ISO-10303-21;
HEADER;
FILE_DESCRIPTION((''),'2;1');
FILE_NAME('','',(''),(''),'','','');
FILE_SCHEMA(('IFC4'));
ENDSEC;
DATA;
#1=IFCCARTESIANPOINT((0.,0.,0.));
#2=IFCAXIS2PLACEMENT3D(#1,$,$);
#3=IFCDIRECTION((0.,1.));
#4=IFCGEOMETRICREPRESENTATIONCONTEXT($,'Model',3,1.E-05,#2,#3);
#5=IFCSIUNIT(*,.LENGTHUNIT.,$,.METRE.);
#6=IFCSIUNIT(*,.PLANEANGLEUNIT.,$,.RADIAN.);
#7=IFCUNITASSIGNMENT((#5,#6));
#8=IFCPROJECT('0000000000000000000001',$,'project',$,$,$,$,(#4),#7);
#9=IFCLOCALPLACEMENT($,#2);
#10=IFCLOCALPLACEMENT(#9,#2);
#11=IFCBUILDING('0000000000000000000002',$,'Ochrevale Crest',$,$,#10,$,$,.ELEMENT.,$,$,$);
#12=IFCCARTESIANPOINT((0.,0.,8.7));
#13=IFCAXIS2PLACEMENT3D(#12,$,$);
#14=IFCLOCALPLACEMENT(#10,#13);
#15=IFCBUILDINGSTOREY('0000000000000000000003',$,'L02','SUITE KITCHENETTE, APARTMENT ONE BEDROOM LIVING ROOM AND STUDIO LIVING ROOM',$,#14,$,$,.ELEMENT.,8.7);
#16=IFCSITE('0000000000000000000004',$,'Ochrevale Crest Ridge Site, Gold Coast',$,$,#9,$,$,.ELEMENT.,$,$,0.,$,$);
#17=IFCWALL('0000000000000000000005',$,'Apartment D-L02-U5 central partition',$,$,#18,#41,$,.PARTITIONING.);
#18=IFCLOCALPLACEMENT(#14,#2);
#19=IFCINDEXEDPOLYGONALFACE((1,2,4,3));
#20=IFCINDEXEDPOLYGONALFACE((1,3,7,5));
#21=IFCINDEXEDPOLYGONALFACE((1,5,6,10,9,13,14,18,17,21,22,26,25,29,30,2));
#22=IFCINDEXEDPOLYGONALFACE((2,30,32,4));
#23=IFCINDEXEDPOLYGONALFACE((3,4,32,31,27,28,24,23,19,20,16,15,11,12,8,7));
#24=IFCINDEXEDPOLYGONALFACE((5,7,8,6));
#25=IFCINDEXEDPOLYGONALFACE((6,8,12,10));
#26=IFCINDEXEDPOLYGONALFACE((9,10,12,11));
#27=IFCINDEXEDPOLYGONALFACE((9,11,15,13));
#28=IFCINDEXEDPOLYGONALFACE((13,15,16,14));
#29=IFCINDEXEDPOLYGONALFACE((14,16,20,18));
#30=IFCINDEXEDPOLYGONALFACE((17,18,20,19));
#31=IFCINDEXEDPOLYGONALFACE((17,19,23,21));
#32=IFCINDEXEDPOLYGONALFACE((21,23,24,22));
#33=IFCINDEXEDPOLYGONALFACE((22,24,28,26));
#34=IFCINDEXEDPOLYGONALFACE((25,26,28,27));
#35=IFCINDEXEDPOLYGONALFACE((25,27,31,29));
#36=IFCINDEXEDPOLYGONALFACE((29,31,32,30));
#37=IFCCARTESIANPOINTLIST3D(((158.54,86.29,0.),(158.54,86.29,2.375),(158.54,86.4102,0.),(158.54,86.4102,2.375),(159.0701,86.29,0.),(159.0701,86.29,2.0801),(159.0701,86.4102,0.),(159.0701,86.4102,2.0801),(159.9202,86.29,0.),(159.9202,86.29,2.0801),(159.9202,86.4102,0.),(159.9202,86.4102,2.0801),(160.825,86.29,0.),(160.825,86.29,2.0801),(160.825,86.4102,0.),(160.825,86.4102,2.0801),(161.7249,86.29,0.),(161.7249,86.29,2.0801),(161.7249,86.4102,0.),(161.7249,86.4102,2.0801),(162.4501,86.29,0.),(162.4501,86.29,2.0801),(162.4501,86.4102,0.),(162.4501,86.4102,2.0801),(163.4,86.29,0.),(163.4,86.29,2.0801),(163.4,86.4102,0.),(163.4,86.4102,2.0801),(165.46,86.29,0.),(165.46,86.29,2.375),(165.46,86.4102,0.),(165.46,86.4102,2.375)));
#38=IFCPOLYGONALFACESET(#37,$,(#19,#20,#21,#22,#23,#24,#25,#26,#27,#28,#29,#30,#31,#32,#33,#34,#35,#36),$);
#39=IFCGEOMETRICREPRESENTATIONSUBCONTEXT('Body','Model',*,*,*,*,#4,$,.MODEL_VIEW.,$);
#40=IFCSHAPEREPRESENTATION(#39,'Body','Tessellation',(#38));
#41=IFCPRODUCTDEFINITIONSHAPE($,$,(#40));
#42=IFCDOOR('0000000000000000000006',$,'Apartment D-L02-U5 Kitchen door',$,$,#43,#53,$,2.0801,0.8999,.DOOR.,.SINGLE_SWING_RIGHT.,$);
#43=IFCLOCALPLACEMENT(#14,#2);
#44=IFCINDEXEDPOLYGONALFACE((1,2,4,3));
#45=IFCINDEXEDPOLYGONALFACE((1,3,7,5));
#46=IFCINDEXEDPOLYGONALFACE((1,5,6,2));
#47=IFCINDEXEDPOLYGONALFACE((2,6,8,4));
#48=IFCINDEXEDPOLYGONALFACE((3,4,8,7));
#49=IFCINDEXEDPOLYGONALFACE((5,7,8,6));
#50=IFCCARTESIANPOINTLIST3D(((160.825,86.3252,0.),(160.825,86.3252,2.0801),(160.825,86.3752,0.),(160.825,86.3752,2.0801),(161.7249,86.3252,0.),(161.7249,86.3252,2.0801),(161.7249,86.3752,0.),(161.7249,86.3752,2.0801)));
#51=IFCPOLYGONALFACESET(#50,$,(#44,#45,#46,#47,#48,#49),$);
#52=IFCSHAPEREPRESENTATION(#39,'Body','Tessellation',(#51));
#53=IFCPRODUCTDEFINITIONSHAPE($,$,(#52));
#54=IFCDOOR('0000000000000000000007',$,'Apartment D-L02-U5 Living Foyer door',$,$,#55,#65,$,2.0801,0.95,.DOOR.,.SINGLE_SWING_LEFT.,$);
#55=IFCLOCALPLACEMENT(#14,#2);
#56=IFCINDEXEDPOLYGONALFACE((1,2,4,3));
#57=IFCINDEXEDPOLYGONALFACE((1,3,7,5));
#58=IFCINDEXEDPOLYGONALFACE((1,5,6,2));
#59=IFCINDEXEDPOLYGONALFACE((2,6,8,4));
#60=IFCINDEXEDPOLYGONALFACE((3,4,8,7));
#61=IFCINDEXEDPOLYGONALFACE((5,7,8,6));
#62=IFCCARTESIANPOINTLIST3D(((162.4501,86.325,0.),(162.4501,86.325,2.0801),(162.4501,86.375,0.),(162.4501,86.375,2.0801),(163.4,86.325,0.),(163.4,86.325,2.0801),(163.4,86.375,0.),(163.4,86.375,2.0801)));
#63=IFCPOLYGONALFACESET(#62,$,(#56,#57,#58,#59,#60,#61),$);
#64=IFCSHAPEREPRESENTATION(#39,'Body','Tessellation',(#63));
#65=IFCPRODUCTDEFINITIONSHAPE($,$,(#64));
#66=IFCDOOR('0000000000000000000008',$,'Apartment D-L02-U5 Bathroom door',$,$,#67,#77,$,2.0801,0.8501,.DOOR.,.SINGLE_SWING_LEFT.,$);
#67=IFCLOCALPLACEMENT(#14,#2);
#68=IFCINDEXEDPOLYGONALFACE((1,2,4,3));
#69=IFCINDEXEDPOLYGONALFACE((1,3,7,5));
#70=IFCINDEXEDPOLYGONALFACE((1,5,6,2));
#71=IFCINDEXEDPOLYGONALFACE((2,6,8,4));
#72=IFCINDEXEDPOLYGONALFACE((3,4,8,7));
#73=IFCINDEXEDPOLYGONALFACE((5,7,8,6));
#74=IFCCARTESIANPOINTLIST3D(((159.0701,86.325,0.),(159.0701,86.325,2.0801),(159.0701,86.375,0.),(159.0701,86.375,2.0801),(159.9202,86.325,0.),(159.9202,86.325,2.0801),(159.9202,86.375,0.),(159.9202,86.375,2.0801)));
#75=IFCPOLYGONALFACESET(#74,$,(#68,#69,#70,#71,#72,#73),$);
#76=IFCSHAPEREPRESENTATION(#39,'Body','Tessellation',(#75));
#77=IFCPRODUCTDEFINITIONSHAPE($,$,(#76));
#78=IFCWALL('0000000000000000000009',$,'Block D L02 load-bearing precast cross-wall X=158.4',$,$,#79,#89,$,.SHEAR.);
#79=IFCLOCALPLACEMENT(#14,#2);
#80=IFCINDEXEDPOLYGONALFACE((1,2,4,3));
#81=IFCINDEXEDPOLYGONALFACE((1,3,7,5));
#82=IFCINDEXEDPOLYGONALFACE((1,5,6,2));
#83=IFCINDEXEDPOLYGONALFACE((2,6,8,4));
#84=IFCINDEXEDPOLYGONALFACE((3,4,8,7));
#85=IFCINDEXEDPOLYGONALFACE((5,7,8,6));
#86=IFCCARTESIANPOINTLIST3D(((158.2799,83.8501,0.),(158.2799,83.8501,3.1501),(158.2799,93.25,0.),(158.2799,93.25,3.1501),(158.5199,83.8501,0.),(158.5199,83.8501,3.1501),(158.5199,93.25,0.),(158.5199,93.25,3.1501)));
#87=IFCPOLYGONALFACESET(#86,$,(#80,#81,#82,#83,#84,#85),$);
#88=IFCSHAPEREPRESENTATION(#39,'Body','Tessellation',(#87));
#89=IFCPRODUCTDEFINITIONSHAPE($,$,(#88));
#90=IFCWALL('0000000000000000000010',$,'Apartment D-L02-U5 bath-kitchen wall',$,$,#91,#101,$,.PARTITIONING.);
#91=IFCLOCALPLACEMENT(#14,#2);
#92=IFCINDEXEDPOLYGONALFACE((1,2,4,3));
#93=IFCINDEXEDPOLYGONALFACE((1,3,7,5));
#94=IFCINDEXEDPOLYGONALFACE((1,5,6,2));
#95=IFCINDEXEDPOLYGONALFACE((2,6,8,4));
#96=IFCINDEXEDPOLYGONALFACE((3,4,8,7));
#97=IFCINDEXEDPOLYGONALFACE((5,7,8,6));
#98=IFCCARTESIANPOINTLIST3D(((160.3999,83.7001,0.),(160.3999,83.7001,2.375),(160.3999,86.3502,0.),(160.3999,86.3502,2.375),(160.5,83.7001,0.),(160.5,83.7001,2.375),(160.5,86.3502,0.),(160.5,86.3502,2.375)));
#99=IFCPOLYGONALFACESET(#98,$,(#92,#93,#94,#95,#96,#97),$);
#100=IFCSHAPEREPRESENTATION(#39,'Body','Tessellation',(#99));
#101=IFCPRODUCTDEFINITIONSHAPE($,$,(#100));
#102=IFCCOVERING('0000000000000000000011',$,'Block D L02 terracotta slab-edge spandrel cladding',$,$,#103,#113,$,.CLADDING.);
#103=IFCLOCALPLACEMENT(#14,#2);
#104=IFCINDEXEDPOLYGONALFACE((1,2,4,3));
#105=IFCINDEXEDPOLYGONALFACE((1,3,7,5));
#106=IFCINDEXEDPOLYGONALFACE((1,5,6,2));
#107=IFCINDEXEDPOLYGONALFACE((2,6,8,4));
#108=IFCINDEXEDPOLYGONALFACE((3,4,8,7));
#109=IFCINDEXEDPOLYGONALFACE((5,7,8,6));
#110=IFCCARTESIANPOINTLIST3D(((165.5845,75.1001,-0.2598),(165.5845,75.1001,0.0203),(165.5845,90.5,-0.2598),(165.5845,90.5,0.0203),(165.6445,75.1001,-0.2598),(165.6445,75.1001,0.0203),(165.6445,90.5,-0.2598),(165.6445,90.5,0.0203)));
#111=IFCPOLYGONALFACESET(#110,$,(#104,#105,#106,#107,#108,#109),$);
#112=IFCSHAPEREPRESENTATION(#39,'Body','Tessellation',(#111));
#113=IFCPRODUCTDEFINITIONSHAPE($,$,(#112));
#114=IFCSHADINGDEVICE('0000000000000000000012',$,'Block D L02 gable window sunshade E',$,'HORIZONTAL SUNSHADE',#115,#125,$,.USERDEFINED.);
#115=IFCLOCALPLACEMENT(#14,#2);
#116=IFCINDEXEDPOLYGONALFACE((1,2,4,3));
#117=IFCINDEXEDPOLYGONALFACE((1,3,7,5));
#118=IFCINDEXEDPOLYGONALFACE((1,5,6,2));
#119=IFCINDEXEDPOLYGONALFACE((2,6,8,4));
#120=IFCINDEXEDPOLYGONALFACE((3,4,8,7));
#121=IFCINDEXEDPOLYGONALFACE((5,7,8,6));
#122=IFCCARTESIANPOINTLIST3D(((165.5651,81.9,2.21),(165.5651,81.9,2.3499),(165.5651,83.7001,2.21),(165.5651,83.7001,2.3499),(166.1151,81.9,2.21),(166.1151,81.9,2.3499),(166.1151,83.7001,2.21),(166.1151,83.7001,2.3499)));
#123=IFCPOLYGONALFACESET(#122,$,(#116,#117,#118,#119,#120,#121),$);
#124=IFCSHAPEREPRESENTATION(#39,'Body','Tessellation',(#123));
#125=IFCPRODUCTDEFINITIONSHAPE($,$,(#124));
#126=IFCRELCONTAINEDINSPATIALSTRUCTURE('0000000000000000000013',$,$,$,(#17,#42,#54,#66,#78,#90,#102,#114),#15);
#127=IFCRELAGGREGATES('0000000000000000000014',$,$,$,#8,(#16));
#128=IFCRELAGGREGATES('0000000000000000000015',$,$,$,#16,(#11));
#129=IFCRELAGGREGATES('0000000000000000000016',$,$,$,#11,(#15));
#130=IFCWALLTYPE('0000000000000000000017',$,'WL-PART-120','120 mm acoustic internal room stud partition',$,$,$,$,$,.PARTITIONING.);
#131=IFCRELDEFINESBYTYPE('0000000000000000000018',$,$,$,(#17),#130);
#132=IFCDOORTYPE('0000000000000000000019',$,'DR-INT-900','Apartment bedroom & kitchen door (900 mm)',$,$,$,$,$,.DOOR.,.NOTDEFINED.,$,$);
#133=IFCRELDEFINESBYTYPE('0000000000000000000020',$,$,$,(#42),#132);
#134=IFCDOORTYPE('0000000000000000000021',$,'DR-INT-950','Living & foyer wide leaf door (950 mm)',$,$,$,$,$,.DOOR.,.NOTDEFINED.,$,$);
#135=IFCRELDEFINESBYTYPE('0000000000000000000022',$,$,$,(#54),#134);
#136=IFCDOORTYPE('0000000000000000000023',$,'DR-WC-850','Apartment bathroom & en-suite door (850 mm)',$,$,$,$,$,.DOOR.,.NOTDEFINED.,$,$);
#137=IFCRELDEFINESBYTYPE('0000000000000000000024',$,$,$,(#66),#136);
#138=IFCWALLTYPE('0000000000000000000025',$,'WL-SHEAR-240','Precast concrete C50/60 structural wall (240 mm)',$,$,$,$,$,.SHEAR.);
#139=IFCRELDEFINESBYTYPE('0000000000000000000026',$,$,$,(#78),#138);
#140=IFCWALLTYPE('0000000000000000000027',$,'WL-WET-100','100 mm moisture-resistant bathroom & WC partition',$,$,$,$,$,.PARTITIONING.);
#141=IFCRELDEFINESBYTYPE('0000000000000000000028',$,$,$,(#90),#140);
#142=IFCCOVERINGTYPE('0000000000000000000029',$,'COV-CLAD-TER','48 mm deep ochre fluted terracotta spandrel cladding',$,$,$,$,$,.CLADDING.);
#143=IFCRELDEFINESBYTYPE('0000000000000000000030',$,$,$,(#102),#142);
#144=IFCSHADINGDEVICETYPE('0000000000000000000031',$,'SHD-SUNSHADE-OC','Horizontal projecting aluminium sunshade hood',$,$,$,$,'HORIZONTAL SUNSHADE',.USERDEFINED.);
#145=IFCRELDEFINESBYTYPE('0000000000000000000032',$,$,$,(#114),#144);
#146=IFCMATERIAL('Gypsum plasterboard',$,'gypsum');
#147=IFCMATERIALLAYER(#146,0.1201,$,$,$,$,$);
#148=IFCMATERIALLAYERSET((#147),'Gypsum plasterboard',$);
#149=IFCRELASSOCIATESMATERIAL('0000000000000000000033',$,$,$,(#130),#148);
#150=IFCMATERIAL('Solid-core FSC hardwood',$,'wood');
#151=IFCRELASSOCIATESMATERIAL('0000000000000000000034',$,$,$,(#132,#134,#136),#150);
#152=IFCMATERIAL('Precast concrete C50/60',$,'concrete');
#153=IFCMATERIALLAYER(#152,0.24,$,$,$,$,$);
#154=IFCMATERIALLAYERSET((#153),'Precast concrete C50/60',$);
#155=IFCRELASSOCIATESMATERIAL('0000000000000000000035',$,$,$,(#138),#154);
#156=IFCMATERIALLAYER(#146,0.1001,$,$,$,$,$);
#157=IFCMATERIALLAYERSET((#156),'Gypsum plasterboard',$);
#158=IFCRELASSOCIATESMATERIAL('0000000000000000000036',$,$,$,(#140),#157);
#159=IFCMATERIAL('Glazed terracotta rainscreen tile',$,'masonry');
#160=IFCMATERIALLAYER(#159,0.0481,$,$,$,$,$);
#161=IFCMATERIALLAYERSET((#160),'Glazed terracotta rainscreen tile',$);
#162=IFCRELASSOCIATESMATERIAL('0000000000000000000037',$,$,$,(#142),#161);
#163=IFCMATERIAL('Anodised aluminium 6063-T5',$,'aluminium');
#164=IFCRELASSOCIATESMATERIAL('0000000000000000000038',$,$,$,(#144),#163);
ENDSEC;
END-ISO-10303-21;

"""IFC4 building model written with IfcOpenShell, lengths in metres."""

from ifc_helpers import new_model, si_unit, direction, frame, frame_2d, origin, origin_2d, place, context, subcontext, project, spatial, rectangle, extrude, material, layer, layer_set, type_object, element, fill, save


model = new_model("IFC4")

# Units and contexts
model_context = context("Model", 3, precision=1e-05, world=origin(), true_north=direction((0.0, 1.0)))
body_context = subcontext(model_context, "Body", "Model", "MODEL_VIEW")
ifc_project = project(units=[si_unit("LENGTHUNIT", "METRE"), si_unit("PLANEANGLEUNIT", "RADIAN")], contexts=[model_context])

# Site, building, storey
site_placement = place(None, origin())
site = spatial("IfcSite", under=ifc_project, at=site_placement, Name="Ochrevale Crest Ridge Site, Gold Coast", CompositionType="ELEMENT", RefElevation=0.0)
building_placement = place(site_placement, origin())
building = spatial("IfcBuilding", under=site, at=building_placement, Name="Ochrevale Crest", CompositionType="ELEMENT")
storey_placement = place(building_placement, frame((0.0, 0.0, 8.7)))
storey = spatial("IfcBuildingStorey", under=building, at=storey_placement, Name="L02", Description="SUITE KITCHENETTE, APARTMENT ONE BEDROOM LIVING ROOM AND STUDIO LIVING ROOM", CompositionType="ELEMENT", Elevation=8.7)

# Shared definitions
ifc_material_1 = material(Name="Precast concrete C50/60", Category="concrete")

# Shared definitions
ifc_material_2 = material(Name="Anodised aluminium 6063-T5", Category="aluminium")

# Shared definitions
ifc_material_3 = material(Name="Gypsum plasterboard", Category="gypsum")
ifc_material_4 = material(Name="Solid-core FSC hardwood", Category="wood")

# Shared definitions
ifc_layer_1 = layer(ifc_material_3, 0.1201)
ifc_layer_set_1 = layer_set([ifc_layer_1], Name="Gypsum plasterboard")
wall_type_1 = type_object("IfcWallType", Name="WL-PART-120", Description="120 mm acoustic internal room stud partition", PredefinedType="PARTITIONING", material=ifc_layer_set_1)

# Wall, openings, doors
wall_1_placement = place(storey_placement, frame((158.54, 86.3501, 0.0), z_axis=(0.0, 0.0, 1.0), x_axis=(1.0, 0.0, 0.0)))
wall_1 = element("IfcWall", 1, at=wall_1_placement, inside=storey, type_object=wall_type_1, Name="Apartment D-L02-U5 central partition", PredefinedType="PARTITIONING", context=body_context, shape_type="SweptSolid", body=[
    extrude(rectangle(XDim=6.9199, YDim=0.1201, at=frame_2d((3.46, 0.0))), origin(), (0.0, 0.0, 1.0), 2.375),
])
opening_1_placement = place(wall_1_placement, frame((0.53, 0.0, 0.0)))
opening_1 = element("IfcOpeningElement", 2, at=opening_1_placement, cuts=wall_1, PredefinedType="OPENING", context=body_context, shape_type="SweptSolid", body=[
    extrude(rectangle(XDim=0.8501, YDim=2.0801, at=frame_2d((0.425, 1.04))), frame((0.0, 0.0701, 0.0), z_axis=(0.0, -1.0, 0.0), x_axis=(1.0, 0.0, 0.0)), (0.0, 0.0, 1.0), 0.1401),
])
opening_2_placement = place(wall_1_placement, frame((3.1848, 0.0, 0.0), z_axis=(0.0, 0.0, 1.0), x_axis=(-1.0, 0.0, 0.0)))
opening_2 = element("IfcOpeningElement", 3, at=opening_2_placement, cuts=wall_1, PredefinedType="OPENING", context=body_context, shape_type="SweptSolid", body=[
    extrude(rectangle(XDim=0.8999, YDim=2.0801, at=frame_2d((0.45, 1.04))), frame((0.0, 0.0701, 0.0), z_axis=(0.0, -1.0, 0.0), x_axis=(1.0, 0.0, 0.0)), (0.0, 0.0, 1.0), 0.1401),
])
opening_3_placement = place(wall_1_placement, frame((3.9099, 0.0, 0.0)))
opening_3 = element("IfcOpeningElement", 4, at=opening_3_placement, cuts=wall_1, PredefinedType="OPENING", context=body_context, shape_type="SweptSolid", body=[
    extrude(rectangle(XDim=0.95, YDim=2.0801, at=frame_2d((0.4751, 1.04))), frame((0.0, 0.0701, 0.0), z_axis=(0.0, -1.0, 0.0), x_axis=(1.0, 0.0, 0.0)), (0.0, 0.0, 1.0), 0.1401),
])
door_type_1 = type_object("IfcDoorType", Name="DR-INT-900", Description="Apartment bedroom & kitchen door (900 mm)", OperationType="NOTDEFINED", PredefinedType="DOOR", material=ifc_material_4)
door_1_placement = place(opening_2_placement, origin())
door_1 = element("IfcDoor", 5, at=door_1_placement, inside=storey, type_object=door_type_1, Name="Apartment D-L02-U5 Kitchen door", OperationType="SINGLE_SWING_RIGHT", OverallHeight=2.0801, OverallWidth=0.8999, PredefinedType="DOOR", context=body_context, shape_type="SweptSolid", body=[
    extrude(rectangle(XDim=0.8999, YDim=2.0801, at=frame_2d((0.45, 1.04))), frame((0.0, 0.0249, 0.0), z_axis=(0.0, -1.0, 0.0), x_axis=(1.0, 0.0, 0.0)), (0.0, 0.0, 1.0), 0.05),
])
fill(opening_2, door_1)
door_type_2 = type_object("IfcDoorType", Name="DR-INT-950", Description="Living & foyer wide leaf door (950 mm)", OperationType="NOTDEFINED", PredefinedType="DOOR", material=ifc_material_4)
door_2_placement = place(opening_3_placement, origin())
door_2 = element("IfcDoor", 6, at=door_2_placement, inside=storey, type_object=door_type_2, Name="Apartment D-L02-U5 Living Foyer door", OperationType="SINGLE_SWING_LEFT", OverallHeight=2.0801, OverallWidth=0.95, PredefinedType="DOOR", context=body_context, shape_type="SweptSolid", body=[
    extrude(rectangle(XDim=0.95, YDim=2.0801, at=frame_2d((0.4751, 1.04))), frame((0.0, 0.0249, 0.0), z_axis=(0.0, -1.0, 0.0), x_axis=(1.0, 0.0, 0.0)), (0.0, 0.0, 1.0), 0.05),
])
fill(opening_3, door_2)
door_type_3 = type_object("IfcDoorType", Name="DR-WC-850", Description="Apartment bathroom & en-suite door (850 mm)", OperationType="NOTDEFINED", PredefinedType="DOOR", material=ifc_material_4)
door_3_placement = place(opening_1_placement, origin())
door_3 = element("IfcDoor", 7, at=door_3_placement, inside=storey, type_object=door_type_3, Name="Apartment D-L02-U5 Bathroom door", OperationType="SINGLE_SWING_LEFT", OverallHeight=2.0801, OverallWidth=0.8501, PredefinedType="DOOR", context=body_context, shape_type="SweptSolid", body=[
    extrude(rectangle(XDim=0.8501, YDim=2.0801, at=frame_2d((0.425, 1.04))), frame((0.0, 0.0249, 0.0), z_axis=(0.0, -1.0, 0.0), x_axis=(1.0, 0.0, 0.0)), (0.0, 0.0, 1.0), 0.05),
])
fill(opening_1, door_3)

# Walls
ifc_layer_2 = layer(ifc_material_1, 0.24)
ifc_layer_set_2 = layer_set([ifc_layer_2], Name="Precast concrete C50/60")
wall_type_2 = type_object("IfcWallType", Name="WL-SHEAR-240", Description="Precast concrete C50/60 structural wall (240 mm)", PredefinedType="SHEAR", material=ifc_layer_set_2)
wall_2_placement = place(storey_placement, frame((158.3999, 83.8501, 0.0), z_axis=(0.0, 0.0, 1.0), x_axis=(0.0, 1.0, 0.0)))
element("IfcWall", 8, at=wall_2_placement, inside=storey, type_object=wall_type_2, Name="Block D L02 load-bearing precast cross-wall X=158.4", PredefinedType="SHEAR", context=body_context, shape_type="SweptSolid", body=[
    extrude(rectangle(XDim=9.3999, YDim=0.24, at=frame_2d((4.7, 0.0))), origin(), (0.0, 0.0, 1.0), 3.1501),
])
ifc_layer_3 = layer(ifc_material_3, 0.1001)
ifc_layer_set_3 = layer_set([ifc_layer_3], Name="Gypsum plasterboard")
wall_type_3 = type_object("IfcWallType", Name="WL-WET-100", Description="100 mm moisture-resistant bathroom & WC partition", PredefinedType="PARTITIONING", material=ifc_layer_set_3)
wall_3_placement = place(storey_placement, frame((160.45, 83.7, 0.0), z_axis=(0.0, 0.0, 1.0), x_axis=(0.0, 1.0, 0.0)))
element("IfcWall", 9, at=wall_3_placement, inside=storey, type_object=wall_type_3, Name="Apartment D-L02-U5 bath-kitchen wall", PredefinedType="PARTITIONING", context=body_context, shape_type="SweptSolid", body=[
    extrude(rectangle(XDim=2.6501, YDim=0.1001, at=frame_2d((1.3252, 0.0))), origin(), (0.0, 0.0, 1.0), 2.375),
])

# Covering
ifc_material_5 = material(Name="Glazed terracotta rainscreen tile", Category="masonry")
ifc_layer_4 = layer(ifc_material_5, 0.0481)
ifc_layer_set_4 = layer_set([ifc_layer_4], Name="Glazed terracotta rainscreen tile")
covering_type = type_object("IfcCoveringType", Name="COV-CLAD-TER", Description="48 mm deep ochre fluted terracotta spandrel cladding", PredefinedType="CLADDING", material=ifc_layer_set_4)
covering_placement = place(storey_placement, frame((165.6145, 82.8, -0.2598), z_axis=(0.0, 0.0, 1.0), x_axis=(0.0, 1.0, 0.0)))
element("IfcCovering", 10, at=covering_placement, inside=storey, type_object=covering_type, Name="Block D L02 terracotta slab-edge spandrel cladding", PredefinedType="CLADDING", context=body_context, shape_type="SweptSolid", body=[
    extrude(rectangle(XDim=15.3999, YDim=0.0601, at=origin_2d()), origin(), (0.0, 0.0, 1.0), 0.28),
])

# Shading device
shading_device_type = type_object("IfcShadingDeviceType", Name="SHD-SUNSHADE-OC", Description="Horizontal projecting aluminium sunshade hood", ElementType="HORIZONTAL SUNSHADE", PredefinedType="USERDEFINED", material=ifc_material_2)
shading_device_placement = place(storey_placement, frame((165.8401, 82.8, 2.21), z_axis=(0.0, 0.0, 1.0), x_axis=(1.0, 0.0, 0.0)))
element("IfcShadingDevice", 11, at=shading_device_placement, inside=storey, type_object=shading_device_type, Name="Block D L02 gable window sunshade E", ObjectType="HORIZONTAL SUNSHADE", PredefinedType="USERDEFINED", context=body_context, shape_type="SweptSolid", body=[
    extrude(rectangle(XDim=0.55, YDim=1.8, at=origin_2d()), origin(), (0.0, 0.0, 1.0), 0.1399),
])

save(model, "model.ifc")
